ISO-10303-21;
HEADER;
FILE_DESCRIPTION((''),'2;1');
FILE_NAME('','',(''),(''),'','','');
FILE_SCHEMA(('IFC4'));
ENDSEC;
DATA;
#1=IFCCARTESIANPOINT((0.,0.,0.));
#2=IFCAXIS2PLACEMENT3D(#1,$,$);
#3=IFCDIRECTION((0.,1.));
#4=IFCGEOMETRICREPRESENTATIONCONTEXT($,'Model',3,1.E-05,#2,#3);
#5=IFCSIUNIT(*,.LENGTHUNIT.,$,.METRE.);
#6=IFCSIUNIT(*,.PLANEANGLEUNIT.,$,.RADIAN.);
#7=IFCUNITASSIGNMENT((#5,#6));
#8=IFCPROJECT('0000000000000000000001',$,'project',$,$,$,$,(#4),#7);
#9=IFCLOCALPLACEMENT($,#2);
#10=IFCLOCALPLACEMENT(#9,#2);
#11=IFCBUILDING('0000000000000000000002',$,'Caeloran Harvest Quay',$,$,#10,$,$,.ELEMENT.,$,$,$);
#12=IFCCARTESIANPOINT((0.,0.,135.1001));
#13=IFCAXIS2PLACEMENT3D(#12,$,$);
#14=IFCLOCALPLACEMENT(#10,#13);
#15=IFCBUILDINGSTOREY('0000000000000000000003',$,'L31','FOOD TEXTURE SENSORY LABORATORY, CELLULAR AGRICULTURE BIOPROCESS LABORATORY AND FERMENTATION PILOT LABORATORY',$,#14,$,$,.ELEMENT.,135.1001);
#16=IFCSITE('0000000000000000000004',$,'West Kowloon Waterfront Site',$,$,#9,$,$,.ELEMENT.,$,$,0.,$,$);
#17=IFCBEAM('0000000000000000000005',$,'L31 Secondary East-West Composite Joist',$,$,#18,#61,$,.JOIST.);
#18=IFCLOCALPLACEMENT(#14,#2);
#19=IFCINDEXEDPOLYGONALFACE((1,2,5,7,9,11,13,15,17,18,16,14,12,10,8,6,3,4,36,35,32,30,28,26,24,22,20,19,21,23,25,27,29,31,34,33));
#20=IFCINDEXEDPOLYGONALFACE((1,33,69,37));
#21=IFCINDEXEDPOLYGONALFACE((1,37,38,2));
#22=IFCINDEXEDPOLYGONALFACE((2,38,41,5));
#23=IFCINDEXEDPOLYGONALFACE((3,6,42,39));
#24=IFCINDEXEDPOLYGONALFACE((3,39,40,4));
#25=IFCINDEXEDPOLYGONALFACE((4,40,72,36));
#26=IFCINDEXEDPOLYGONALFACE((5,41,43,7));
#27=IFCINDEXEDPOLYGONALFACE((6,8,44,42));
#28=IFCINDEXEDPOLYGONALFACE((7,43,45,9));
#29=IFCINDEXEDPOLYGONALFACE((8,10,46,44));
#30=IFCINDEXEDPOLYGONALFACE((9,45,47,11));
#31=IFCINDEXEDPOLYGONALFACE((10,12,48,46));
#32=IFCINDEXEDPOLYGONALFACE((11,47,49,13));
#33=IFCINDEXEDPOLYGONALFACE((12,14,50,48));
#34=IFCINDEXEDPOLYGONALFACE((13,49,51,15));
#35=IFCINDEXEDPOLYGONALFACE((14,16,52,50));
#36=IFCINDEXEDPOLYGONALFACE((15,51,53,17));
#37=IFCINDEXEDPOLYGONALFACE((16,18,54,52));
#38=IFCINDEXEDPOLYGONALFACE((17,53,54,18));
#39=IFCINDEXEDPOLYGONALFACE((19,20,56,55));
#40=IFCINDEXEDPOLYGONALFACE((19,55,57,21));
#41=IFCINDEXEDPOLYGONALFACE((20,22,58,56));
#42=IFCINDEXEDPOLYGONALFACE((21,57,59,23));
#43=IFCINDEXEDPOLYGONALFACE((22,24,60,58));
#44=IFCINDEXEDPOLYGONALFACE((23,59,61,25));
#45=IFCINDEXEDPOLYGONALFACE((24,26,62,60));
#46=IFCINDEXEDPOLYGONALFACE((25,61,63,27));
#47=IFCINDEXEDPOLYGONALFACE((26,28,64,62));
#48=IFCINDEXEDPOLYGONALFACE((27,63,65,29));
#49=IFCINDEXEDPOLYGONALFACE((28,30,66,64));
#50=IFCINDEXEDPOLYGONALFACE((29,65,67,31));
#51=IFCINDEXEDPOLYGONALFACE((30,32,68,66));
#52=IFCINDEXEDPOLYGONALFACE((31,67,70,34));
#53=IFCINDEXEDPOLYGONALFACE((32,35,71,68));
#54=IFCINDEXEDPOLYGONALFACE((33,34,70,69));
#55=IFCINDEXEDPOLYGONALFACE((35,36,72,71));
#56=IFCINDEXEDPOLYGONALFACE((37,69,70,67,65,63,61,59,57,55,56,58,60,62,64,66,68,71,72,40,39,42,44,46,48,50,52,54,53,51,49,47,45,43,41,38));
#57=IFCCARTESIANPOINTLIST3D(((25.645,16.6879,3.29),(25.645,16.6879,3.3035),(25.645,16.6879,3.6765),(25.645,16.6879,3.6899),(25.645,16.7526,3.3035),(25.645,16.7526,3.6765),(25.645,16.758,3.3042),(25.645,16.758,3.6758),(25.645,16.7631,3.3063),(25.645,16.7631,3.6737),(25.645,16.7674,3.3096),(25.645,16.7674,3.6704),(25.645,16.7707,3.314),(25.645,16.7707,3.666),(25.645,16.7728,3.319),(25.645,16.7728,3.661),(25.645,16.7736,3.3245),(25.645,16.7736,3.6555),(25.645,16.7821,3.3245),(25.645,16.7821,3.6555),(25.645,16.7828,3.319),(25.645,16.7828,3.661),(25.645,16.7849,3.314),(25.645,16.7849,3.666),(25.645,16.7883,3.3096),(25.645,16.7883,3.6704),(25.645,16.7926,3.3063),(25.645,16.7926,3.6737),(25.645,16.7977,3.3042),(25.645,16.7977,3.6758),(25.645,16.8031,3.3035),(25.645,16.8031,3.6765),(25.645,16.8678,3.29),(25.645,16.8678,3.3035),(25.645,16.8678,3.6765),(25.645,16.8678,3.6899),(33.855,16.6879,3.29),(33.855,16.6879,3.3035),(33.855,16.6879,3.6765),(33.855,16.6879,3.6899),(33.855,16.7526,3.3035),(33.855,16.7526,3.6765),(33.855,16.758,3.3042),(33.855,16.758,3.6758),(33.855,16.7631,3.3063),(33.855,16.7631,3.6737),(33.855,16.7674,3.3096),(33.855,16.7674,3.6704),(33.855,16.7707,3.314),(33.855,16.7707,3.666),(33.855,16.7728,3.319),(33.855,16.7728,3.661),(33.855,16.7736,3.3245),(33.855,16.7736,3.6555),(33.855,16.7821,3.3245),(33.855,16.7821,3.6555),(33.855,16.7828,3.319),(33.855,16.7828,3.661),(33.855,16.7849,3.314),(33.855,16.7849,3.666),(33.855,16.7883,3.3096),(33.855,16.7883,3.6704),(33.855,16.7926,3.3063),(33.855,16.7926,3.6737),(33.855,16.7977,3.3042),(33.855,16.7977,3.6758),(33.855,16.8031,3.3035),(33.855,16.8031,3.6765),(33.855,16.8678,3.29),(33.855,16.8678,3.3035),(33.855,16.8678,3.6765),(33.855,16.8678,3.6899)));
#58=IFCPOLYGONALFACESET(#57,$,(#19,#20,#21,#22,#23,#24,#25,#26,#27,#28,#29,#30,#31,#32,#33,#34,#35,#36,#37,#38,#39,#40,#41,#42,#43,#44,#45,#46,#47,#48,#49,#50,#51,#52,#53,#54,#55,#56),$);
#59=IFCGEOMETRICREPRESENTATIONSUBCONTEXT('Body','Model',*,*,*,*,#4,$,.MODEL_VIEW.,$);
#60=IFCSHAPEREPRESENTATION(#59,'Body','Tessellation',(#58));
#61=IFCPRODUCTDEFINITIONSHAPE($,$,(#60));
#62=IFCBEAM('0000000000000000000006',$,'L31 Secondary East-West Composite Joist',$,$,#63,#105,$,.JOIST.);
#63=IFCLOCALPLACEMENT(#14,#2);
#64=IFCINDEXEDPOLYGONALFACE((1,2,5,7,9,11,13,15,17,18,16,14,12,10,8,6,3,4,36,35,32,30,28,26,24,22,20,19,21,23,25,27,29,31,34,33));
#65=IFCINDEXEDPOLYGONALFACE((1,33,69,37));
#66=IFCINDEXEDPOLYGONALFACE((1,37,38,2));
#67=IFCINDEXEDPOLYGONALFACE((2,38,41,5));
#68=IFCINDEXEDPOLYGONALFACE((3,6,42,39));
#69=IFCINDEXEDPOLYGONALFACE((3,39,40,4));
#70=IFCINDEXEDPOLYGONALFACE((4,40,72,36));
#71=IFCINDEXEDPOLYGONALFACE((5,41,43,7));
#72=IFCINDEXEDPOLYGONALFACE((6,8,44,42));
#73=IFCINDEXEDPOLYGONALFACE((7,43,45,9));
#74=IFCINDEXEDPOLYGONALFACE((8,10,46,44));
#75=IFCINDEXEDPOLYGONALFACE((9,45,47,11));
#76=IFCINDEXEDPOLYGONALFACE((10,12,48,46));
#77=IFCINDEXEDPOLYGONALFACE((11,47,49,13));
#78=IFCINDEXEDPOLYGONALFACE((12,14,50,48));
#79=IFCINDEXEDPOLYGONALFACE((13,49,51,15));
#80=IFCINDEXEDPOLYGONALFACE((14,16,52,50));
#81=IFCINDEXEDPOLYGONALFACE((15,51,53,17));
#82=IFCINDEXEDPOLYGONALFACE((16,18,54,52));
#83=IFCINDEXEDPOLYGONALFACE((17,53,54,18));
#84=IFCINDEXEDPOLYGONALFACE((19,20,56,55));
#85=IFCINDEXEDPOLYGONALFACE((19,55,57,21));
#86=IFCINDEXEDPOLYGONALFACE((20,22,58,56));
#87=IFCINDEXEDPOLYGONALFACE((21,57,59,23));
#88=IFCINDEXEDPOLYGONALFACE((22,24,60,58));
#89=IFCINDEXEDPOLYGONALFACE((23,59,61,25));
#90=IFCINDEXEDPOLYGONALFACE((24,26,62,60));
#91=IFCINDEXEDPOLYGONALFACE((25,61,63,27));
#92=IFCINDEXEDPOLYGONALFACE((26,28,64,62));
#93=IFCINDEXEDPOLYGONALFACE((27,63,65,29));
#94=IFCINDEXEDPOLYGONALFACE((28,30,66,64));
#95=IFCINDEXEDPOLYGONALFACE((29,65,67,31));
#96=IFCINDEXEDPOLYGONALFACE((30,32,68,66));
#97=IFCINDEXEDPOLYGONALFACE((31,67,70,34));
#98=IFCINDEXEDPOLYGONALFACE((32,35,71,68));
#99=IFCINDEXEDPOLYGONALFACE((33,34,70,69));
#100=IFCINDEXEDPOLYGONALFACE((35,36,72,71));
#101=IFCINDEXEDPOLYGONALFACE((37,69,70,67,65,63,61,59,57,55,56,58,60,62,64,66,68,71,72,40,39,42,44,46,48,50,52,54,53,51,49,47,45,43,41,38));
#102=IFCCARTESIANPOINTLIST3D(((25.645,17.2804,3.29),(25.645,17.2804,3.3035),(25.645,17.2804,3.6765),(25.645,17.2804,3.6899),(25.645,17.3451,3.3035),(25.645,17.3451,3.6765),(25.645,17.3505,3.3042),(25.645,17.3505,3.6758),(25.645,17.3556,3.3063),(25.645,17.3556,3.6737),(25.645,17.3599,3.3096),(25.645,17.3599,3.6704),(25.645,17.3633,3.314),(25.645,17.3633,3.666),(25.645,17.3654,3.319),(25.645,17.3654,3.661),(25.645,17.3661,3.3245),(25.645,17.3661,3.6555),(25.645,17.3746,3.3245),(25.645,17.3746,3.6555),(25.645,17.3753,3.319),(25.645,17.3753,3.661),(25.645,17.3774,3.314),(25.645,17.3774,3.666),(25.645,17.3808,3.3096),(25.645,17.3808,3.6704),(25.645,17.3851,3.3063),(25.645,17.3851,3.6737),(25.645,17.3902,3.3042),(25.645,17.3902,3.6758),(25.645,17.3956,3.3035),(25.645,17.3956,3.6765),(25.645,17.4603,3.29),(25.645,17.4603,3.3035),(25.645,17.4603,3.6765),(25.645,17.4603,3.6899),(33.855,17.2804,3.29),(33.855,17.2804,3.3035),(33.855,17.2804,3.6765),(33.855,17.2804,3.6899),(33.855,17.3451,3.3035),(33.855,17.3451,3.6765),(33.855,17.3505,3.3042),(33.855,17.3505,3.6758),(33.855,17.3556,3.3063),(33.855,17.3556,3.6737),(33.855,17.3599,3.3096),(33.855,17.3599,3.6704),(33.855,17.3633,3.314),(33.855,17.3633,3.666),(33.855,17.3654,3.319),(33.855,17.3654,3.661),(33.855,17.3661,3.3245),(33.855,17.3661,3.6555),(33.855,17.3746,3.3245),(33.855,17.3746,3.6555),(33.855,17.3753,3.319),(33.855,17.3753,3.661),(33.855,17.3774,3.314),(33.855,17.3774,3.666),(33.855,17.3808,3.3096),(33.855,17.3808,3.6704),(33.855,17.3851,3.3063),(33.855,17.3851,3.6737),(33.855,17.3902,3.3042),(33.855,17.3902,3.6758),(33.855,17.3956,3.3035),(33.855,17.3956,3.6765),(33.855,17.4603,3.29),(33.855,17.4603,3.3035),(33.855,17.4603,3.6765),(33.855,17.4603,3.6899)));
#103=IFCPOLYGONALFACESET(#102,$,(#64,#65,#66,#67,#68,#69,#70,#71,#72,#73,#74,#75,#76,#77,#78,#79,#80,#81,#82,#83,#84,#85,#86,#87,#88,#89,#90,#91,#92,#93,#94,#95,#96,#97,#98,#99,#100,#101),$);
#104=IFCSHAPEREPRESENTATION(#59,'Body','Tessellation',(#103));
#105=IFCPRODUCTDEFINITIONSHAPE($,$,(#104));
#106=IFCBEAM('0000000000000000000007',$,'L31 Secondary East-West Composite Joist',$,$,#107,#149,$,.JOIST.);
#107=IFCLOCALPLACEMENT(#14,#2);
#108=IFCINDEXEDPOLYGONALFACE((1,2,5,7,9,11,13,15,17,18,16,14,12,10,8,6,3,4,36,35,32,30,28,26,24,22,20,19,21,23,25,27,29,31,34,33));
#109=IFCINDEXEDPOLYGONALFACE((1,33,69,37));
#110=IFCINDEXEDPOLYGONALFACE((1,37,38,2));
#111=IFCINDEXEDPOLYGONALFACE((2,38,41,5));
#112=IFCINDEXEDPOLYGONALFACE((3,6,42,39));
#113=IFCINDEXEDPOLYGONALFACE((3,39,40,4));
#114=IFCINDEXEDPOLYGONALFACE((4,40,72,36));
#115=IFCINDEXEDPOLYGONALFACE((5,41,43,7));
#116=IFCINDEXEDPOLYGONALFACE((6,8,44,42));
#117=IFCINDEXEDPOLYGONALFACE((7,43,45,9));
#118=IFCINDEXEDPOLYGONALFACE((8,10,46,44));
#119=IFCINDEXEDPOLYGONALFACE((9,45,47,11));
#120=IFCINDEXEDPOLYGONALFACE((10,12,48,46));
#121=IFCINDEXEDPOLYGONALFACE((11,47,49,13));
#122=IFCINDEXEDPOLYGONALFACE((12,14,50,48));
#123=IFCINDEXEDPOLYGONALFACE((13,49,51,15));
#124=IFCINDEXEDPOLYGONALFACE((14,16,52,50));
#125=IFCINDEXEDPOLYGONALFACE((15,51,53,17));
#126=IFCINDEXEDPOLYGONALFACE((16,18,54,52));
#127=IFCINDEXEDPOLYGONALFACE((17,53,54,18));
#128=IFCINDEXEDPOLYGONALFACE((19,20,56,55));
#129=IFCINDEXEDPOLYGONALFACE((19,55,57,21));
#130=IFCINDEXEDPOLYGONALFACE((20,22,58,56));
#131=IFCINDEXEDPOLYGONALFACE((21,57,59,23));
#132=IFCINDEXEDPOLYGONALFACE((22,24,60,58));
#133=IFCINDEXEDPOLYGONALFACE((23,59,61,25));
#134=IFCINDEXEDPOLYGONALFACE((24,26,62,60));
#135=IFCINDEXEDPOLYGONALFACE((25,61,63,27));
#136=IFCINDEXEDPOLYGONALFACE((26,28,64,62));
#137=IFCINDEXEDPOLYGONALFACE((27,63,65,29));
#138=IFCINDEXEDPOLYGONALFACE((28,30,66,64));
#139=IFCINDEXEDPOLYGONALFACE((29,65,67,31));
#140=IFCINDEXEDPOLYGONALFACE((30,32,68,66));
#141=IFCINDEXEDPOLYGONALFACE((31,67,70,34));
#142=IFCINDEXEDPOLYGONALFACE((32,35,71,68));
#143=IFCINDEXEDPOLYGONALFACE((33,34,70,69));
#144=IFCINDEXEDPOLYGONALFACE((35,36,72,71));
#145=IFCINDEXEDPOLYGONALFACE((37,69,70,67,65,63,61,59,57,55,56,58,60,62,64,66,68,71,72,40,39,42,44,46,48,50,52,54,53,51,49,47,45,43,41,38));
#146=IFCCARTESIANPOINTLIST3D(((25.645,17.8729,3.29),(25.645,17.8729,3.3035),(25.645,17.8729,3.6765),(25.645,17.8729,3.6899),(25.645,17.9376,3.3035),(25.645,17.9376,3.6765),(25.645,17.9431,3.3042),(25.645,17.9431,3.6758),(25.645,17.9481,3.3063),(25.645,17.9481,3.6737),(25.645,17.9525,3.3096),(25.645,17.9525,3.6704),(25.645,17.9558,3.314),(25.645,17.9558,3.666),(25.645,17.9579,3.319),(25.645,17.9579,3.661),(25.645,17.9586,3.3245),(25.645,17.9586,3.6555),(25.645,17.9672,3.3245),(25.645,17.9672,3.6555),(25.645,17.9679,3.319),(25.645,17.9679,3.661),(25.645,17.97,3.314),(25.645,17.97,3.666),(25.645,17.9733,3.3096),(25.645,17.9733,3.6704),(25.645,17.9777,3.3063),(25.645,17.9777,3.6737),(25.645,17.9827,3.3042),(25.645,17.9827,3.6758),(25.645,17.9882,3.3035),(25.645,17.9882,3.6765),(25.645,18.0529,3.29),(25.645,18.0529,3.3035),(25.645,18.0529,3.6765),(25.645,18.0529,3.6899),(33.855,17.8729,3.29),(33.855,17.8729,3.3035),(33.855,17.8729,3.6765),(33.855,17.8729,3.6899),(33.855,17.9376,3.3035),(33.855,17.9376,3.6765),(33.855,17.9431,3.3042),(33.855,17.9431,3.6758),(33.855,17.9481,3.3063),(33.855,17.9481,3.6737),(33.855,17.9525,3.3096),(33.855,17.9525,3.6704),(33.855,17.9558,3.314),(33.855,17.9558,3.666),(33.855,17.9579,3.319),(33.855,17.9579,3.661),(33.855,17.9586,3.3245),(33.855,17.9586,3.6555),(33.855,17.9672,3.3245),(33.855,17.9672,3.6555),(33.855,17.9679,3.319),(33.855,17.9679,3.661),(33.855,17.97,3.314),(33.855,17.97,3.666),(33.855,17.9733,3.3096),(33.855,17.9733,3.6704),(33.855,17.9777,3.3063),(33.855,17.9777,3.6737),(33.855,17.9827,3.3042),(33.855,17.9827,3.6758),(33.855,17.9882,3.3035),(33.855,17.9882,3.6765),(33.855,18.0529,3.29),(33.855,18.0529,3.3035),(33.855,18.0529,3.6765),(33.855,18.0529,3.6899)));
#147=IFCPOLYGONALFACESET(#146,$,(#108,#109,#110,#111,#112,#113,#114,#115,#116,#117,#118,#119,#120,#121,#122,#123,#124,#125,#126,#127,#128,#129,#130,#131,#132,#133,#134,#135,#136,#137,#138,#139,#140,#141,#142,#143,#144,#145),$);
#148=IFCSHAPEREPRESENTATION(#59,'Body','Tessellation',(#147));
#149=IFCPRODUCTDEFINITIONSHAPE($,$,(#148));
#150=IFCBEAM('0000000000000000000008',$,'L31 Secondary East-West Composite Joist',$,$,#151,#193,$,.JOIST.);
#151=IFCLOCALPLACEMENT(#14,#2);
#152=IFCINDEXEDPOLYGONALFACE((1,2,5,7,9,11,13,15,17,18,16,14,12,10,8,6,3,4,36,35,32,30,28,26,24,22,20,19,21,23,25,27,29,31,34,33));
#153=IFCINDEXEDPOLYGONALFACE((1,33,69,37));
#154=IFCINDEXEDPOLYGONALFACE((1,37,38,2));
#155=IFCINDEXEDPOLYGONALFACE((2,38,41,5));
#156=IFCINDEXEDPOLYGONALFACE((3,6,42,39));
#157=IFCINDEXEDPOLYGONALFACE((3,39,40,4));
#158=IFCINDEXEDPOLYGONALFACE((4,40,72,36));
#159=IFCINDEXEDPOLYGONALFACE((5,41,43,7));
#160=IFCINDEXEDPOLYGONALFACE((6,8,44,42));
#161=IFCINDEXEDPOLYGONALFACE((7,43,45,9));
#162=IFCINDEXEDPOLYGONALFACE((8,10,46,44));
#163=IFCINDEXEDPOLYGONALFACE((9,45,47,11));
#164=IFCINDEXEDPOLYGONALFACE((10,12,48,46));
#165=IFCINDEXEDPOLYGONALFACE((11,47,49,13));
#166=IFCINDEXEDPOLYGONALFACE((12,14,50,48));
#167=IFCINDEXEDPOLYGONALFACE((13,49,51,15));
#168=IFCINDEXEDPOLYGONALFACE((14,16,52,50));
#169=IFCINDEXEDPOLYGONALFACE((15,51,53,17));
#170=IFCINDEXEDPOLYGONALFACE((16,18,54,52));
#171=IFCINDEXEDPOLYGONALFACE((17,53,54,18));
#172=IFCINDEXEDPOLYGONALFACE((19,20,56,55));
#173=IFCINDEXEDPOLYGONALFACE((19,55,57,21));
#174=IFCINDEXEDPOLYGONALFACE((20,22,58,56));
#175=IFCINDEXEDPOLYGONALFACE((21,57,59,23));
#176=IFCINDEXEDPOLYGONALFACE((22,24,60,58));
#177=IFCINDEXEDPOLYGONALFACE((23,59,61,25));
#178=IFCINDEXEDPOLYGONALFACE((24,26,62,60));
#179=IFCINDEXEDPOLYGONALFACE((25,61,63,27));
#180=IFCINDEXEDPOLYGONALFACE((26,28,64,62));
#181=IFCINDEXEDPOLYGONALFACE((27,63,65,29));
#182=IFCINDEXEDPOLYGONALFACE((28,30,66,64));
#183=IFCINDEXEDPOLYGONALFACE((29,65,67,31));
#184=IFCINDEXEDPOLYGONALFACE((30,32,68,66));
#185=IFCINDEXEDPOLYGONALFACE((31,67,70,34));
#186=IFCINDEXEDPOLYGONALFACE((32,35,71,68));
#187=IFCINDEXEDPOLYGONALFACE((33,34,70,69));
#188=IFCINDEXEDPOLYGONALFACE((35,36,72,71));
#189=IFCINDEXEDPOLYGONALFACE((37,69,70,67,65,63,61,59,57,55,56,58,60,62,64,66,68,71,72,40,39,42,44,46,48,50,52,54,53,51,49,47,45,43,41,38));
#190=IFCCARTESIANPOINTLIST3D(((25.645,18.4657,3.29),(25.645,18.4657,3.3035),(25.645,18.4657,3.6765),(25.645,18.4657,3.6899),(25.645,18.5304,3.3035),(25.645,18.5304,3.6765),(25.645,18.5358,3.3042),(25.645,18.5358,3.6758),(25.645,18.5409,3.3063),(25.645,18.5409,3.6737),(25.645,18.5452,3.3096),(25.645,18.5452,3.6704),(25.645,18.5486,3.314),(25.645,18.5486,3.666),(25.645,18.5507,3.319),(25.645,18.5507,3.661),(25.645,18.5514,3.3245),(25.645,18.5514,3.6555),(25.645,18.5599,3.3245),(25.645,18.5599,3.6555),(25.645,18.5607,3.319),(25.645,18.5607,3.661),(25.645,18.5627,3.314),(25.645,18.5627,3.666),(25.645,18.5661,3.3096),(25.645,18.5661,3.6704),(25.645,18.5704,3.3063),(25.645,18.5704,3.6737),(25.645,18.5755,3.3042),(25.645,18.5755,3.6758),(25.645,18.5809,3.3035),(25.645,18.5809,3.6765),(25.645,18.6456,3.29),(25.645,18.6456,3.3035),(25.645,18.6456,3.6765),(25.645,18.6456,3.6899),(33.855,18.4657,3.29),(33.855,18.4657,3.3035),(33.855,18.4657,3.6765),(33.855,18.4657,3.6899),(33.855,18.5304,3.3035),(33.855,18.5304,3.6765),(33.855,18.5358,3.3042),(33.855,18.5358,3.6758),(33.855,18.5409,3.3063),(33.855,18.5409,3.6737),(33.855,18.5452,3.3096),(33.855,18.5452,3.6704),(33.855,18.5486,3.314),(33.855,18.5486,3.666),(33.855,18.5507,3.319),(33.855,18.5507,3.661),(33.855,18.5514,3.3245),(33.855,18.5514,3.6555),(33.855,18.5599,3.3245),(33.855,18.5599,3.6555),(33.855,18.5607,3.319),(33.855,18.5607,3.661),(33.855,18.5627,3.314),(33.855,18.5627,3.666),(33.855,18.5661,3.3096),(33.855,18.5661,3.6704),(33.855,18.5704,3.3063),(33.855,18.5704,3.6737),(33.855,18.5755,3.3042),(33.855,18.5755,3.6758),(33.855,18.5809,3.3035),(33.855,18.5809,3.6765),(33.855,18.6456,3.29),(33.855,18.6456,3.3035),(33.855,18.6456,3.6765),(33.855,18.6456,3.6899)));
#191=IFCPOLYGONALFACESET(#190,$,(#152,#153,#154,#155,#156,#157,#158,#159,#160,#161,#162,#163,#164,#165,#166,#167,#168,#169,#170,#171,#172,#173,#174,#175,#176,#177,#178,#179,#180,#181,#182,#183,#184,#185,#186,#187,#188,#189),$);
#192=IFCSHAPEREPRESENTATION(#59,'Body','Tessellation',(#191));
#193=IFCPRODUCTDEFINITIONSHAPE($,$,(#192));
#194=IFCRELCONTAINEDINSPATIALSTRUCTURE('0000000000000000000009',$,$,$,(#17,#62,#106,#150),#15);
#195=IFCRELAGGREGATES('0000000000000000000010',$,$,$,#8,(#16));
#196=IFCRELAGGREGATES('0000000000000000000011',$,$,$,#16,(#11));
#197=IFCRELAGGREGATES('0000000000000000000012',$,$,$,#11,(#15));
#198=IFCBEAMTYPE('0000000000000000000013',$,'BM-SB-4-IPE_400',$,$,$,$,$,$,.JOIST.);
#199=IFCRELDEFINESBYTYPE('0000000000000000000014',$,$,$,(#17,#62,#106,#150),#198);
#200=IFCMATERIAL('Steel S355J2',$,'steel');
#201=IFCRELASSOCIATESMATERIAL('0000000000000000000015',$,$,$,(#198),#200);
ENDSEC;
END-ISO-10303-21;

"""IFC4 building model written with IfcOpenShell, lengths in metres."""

from ifc_helpers import new_model, si_unit, direction, frame, origin, origin_2d, place, context, subcontext, project, spatial, i_section, extrude, material, material_profile, profile_set, type_object, element, save


model = new_model("IFC4")

# Units and contexts
model_context = context("Model", 3, precision=1e-05, world=origin(), true_north=direction((0.0, 1.0)))
body_context = subcontext(model_context, "Body", "Model", "MODEL_VIEW")
ifc_project = project(units=[si_unit("LENGTHUNIT", "METRE"), si_unit("PLANEANGLEUNIT", "RADIAN")], contexts=[model_context])

# Site, building, storey
site_placement = place(None, origin())
site = spatial("IfcSite", under=ifc_project, at=site_placement, Name="West Kowloon Waterfront Site", CompositionType="ELEMENT", RefElevation=0.0)
building_placement = place(site_placement, origin())
building = spatial("IfcBuilding", under=site, at=building_placement, Name="Caeloran Harvest Quay", CompositionType="ELEMENT")
storey_placement = place(building_placement, frame((0.0, 0.0, 135.1001)))
storey = spatial("IfcBuildingStorey", under=building, at=storey_placement, Name="L31", Description="FOOD TEXTURE SENSORY LABORATORY, CELLULAR AGRICULTURE BIOPROCESS LABORATORY AND FERMENTATION PILOT LABORATORY", CompositionType="ELEMENT", Elevation=135.1001)

# Beams
ifc_material_1 = material(Name="Steel S355J2", Category="steel")
ifc_material_profile_1 = material_profile(ifc_material_1, i_section(OverallWidth=0.1799, OverallDepth=0.3999, WebThickness=0.0085, FlangeThickness=0.0134, FilletRadius=0.021, at=origin_2d()), Name="IPE 400")
ifc_profile_set_1 = profile_set([ifc_material_profile_1], Name="Steel S355J2")
beam_type_1 = type_object("IfcBeamType", Name="BM-SB-4-IPE_400", PredefinedType="JOIST", material=ifc_profile_set_1)
for number, where, z_axis, x_axis, name in (
    (1, (25.645, 16.7778, 3.49), (1.0, 0.0, 0.0), (0.0, 1.0, 0.0), "L31 Secondary East-West Composite Joist"),
    (2, (25.645, 17.3704, 3.49), (1.0, 0.0, 0.0), (0.0, 1.0, 0.0), "L31 Secondary East-West Composite Joist"),
    (3, (25.645, 17.9629, 3.49), (1.0, 0.0, 0.0), (0.0, 1.0, 0.0), "L31 Secondary East-West Composite Joist"),
    (4, (25.645, 18.5557, 3.49), (1.0, 0.0, 0.0), (0.0, 1.0, 0.0), "L31 Secondary East-West Composite Joist"),
):
    element("IfcBeam", number, at=place(storey_placement, frame(where, z_axis=z_axis, x_axis=x_axis)), inside=storey, type_object=beam_type_1, Name=name, PredefinedType="JOIST", context=body_context, shape_type="SweptSolid", body=[
        extrude(i_section(OverallWidth=0.1799, OverallDepth=0.3999, WebThickness=0.0085, FlangeThickness=0.0134, FilletRadius=0.021, at=origin_2d()), origin(), (0.0, 0.0, 1.0), 8.21),
    ])

save(model, "model.ifc")
